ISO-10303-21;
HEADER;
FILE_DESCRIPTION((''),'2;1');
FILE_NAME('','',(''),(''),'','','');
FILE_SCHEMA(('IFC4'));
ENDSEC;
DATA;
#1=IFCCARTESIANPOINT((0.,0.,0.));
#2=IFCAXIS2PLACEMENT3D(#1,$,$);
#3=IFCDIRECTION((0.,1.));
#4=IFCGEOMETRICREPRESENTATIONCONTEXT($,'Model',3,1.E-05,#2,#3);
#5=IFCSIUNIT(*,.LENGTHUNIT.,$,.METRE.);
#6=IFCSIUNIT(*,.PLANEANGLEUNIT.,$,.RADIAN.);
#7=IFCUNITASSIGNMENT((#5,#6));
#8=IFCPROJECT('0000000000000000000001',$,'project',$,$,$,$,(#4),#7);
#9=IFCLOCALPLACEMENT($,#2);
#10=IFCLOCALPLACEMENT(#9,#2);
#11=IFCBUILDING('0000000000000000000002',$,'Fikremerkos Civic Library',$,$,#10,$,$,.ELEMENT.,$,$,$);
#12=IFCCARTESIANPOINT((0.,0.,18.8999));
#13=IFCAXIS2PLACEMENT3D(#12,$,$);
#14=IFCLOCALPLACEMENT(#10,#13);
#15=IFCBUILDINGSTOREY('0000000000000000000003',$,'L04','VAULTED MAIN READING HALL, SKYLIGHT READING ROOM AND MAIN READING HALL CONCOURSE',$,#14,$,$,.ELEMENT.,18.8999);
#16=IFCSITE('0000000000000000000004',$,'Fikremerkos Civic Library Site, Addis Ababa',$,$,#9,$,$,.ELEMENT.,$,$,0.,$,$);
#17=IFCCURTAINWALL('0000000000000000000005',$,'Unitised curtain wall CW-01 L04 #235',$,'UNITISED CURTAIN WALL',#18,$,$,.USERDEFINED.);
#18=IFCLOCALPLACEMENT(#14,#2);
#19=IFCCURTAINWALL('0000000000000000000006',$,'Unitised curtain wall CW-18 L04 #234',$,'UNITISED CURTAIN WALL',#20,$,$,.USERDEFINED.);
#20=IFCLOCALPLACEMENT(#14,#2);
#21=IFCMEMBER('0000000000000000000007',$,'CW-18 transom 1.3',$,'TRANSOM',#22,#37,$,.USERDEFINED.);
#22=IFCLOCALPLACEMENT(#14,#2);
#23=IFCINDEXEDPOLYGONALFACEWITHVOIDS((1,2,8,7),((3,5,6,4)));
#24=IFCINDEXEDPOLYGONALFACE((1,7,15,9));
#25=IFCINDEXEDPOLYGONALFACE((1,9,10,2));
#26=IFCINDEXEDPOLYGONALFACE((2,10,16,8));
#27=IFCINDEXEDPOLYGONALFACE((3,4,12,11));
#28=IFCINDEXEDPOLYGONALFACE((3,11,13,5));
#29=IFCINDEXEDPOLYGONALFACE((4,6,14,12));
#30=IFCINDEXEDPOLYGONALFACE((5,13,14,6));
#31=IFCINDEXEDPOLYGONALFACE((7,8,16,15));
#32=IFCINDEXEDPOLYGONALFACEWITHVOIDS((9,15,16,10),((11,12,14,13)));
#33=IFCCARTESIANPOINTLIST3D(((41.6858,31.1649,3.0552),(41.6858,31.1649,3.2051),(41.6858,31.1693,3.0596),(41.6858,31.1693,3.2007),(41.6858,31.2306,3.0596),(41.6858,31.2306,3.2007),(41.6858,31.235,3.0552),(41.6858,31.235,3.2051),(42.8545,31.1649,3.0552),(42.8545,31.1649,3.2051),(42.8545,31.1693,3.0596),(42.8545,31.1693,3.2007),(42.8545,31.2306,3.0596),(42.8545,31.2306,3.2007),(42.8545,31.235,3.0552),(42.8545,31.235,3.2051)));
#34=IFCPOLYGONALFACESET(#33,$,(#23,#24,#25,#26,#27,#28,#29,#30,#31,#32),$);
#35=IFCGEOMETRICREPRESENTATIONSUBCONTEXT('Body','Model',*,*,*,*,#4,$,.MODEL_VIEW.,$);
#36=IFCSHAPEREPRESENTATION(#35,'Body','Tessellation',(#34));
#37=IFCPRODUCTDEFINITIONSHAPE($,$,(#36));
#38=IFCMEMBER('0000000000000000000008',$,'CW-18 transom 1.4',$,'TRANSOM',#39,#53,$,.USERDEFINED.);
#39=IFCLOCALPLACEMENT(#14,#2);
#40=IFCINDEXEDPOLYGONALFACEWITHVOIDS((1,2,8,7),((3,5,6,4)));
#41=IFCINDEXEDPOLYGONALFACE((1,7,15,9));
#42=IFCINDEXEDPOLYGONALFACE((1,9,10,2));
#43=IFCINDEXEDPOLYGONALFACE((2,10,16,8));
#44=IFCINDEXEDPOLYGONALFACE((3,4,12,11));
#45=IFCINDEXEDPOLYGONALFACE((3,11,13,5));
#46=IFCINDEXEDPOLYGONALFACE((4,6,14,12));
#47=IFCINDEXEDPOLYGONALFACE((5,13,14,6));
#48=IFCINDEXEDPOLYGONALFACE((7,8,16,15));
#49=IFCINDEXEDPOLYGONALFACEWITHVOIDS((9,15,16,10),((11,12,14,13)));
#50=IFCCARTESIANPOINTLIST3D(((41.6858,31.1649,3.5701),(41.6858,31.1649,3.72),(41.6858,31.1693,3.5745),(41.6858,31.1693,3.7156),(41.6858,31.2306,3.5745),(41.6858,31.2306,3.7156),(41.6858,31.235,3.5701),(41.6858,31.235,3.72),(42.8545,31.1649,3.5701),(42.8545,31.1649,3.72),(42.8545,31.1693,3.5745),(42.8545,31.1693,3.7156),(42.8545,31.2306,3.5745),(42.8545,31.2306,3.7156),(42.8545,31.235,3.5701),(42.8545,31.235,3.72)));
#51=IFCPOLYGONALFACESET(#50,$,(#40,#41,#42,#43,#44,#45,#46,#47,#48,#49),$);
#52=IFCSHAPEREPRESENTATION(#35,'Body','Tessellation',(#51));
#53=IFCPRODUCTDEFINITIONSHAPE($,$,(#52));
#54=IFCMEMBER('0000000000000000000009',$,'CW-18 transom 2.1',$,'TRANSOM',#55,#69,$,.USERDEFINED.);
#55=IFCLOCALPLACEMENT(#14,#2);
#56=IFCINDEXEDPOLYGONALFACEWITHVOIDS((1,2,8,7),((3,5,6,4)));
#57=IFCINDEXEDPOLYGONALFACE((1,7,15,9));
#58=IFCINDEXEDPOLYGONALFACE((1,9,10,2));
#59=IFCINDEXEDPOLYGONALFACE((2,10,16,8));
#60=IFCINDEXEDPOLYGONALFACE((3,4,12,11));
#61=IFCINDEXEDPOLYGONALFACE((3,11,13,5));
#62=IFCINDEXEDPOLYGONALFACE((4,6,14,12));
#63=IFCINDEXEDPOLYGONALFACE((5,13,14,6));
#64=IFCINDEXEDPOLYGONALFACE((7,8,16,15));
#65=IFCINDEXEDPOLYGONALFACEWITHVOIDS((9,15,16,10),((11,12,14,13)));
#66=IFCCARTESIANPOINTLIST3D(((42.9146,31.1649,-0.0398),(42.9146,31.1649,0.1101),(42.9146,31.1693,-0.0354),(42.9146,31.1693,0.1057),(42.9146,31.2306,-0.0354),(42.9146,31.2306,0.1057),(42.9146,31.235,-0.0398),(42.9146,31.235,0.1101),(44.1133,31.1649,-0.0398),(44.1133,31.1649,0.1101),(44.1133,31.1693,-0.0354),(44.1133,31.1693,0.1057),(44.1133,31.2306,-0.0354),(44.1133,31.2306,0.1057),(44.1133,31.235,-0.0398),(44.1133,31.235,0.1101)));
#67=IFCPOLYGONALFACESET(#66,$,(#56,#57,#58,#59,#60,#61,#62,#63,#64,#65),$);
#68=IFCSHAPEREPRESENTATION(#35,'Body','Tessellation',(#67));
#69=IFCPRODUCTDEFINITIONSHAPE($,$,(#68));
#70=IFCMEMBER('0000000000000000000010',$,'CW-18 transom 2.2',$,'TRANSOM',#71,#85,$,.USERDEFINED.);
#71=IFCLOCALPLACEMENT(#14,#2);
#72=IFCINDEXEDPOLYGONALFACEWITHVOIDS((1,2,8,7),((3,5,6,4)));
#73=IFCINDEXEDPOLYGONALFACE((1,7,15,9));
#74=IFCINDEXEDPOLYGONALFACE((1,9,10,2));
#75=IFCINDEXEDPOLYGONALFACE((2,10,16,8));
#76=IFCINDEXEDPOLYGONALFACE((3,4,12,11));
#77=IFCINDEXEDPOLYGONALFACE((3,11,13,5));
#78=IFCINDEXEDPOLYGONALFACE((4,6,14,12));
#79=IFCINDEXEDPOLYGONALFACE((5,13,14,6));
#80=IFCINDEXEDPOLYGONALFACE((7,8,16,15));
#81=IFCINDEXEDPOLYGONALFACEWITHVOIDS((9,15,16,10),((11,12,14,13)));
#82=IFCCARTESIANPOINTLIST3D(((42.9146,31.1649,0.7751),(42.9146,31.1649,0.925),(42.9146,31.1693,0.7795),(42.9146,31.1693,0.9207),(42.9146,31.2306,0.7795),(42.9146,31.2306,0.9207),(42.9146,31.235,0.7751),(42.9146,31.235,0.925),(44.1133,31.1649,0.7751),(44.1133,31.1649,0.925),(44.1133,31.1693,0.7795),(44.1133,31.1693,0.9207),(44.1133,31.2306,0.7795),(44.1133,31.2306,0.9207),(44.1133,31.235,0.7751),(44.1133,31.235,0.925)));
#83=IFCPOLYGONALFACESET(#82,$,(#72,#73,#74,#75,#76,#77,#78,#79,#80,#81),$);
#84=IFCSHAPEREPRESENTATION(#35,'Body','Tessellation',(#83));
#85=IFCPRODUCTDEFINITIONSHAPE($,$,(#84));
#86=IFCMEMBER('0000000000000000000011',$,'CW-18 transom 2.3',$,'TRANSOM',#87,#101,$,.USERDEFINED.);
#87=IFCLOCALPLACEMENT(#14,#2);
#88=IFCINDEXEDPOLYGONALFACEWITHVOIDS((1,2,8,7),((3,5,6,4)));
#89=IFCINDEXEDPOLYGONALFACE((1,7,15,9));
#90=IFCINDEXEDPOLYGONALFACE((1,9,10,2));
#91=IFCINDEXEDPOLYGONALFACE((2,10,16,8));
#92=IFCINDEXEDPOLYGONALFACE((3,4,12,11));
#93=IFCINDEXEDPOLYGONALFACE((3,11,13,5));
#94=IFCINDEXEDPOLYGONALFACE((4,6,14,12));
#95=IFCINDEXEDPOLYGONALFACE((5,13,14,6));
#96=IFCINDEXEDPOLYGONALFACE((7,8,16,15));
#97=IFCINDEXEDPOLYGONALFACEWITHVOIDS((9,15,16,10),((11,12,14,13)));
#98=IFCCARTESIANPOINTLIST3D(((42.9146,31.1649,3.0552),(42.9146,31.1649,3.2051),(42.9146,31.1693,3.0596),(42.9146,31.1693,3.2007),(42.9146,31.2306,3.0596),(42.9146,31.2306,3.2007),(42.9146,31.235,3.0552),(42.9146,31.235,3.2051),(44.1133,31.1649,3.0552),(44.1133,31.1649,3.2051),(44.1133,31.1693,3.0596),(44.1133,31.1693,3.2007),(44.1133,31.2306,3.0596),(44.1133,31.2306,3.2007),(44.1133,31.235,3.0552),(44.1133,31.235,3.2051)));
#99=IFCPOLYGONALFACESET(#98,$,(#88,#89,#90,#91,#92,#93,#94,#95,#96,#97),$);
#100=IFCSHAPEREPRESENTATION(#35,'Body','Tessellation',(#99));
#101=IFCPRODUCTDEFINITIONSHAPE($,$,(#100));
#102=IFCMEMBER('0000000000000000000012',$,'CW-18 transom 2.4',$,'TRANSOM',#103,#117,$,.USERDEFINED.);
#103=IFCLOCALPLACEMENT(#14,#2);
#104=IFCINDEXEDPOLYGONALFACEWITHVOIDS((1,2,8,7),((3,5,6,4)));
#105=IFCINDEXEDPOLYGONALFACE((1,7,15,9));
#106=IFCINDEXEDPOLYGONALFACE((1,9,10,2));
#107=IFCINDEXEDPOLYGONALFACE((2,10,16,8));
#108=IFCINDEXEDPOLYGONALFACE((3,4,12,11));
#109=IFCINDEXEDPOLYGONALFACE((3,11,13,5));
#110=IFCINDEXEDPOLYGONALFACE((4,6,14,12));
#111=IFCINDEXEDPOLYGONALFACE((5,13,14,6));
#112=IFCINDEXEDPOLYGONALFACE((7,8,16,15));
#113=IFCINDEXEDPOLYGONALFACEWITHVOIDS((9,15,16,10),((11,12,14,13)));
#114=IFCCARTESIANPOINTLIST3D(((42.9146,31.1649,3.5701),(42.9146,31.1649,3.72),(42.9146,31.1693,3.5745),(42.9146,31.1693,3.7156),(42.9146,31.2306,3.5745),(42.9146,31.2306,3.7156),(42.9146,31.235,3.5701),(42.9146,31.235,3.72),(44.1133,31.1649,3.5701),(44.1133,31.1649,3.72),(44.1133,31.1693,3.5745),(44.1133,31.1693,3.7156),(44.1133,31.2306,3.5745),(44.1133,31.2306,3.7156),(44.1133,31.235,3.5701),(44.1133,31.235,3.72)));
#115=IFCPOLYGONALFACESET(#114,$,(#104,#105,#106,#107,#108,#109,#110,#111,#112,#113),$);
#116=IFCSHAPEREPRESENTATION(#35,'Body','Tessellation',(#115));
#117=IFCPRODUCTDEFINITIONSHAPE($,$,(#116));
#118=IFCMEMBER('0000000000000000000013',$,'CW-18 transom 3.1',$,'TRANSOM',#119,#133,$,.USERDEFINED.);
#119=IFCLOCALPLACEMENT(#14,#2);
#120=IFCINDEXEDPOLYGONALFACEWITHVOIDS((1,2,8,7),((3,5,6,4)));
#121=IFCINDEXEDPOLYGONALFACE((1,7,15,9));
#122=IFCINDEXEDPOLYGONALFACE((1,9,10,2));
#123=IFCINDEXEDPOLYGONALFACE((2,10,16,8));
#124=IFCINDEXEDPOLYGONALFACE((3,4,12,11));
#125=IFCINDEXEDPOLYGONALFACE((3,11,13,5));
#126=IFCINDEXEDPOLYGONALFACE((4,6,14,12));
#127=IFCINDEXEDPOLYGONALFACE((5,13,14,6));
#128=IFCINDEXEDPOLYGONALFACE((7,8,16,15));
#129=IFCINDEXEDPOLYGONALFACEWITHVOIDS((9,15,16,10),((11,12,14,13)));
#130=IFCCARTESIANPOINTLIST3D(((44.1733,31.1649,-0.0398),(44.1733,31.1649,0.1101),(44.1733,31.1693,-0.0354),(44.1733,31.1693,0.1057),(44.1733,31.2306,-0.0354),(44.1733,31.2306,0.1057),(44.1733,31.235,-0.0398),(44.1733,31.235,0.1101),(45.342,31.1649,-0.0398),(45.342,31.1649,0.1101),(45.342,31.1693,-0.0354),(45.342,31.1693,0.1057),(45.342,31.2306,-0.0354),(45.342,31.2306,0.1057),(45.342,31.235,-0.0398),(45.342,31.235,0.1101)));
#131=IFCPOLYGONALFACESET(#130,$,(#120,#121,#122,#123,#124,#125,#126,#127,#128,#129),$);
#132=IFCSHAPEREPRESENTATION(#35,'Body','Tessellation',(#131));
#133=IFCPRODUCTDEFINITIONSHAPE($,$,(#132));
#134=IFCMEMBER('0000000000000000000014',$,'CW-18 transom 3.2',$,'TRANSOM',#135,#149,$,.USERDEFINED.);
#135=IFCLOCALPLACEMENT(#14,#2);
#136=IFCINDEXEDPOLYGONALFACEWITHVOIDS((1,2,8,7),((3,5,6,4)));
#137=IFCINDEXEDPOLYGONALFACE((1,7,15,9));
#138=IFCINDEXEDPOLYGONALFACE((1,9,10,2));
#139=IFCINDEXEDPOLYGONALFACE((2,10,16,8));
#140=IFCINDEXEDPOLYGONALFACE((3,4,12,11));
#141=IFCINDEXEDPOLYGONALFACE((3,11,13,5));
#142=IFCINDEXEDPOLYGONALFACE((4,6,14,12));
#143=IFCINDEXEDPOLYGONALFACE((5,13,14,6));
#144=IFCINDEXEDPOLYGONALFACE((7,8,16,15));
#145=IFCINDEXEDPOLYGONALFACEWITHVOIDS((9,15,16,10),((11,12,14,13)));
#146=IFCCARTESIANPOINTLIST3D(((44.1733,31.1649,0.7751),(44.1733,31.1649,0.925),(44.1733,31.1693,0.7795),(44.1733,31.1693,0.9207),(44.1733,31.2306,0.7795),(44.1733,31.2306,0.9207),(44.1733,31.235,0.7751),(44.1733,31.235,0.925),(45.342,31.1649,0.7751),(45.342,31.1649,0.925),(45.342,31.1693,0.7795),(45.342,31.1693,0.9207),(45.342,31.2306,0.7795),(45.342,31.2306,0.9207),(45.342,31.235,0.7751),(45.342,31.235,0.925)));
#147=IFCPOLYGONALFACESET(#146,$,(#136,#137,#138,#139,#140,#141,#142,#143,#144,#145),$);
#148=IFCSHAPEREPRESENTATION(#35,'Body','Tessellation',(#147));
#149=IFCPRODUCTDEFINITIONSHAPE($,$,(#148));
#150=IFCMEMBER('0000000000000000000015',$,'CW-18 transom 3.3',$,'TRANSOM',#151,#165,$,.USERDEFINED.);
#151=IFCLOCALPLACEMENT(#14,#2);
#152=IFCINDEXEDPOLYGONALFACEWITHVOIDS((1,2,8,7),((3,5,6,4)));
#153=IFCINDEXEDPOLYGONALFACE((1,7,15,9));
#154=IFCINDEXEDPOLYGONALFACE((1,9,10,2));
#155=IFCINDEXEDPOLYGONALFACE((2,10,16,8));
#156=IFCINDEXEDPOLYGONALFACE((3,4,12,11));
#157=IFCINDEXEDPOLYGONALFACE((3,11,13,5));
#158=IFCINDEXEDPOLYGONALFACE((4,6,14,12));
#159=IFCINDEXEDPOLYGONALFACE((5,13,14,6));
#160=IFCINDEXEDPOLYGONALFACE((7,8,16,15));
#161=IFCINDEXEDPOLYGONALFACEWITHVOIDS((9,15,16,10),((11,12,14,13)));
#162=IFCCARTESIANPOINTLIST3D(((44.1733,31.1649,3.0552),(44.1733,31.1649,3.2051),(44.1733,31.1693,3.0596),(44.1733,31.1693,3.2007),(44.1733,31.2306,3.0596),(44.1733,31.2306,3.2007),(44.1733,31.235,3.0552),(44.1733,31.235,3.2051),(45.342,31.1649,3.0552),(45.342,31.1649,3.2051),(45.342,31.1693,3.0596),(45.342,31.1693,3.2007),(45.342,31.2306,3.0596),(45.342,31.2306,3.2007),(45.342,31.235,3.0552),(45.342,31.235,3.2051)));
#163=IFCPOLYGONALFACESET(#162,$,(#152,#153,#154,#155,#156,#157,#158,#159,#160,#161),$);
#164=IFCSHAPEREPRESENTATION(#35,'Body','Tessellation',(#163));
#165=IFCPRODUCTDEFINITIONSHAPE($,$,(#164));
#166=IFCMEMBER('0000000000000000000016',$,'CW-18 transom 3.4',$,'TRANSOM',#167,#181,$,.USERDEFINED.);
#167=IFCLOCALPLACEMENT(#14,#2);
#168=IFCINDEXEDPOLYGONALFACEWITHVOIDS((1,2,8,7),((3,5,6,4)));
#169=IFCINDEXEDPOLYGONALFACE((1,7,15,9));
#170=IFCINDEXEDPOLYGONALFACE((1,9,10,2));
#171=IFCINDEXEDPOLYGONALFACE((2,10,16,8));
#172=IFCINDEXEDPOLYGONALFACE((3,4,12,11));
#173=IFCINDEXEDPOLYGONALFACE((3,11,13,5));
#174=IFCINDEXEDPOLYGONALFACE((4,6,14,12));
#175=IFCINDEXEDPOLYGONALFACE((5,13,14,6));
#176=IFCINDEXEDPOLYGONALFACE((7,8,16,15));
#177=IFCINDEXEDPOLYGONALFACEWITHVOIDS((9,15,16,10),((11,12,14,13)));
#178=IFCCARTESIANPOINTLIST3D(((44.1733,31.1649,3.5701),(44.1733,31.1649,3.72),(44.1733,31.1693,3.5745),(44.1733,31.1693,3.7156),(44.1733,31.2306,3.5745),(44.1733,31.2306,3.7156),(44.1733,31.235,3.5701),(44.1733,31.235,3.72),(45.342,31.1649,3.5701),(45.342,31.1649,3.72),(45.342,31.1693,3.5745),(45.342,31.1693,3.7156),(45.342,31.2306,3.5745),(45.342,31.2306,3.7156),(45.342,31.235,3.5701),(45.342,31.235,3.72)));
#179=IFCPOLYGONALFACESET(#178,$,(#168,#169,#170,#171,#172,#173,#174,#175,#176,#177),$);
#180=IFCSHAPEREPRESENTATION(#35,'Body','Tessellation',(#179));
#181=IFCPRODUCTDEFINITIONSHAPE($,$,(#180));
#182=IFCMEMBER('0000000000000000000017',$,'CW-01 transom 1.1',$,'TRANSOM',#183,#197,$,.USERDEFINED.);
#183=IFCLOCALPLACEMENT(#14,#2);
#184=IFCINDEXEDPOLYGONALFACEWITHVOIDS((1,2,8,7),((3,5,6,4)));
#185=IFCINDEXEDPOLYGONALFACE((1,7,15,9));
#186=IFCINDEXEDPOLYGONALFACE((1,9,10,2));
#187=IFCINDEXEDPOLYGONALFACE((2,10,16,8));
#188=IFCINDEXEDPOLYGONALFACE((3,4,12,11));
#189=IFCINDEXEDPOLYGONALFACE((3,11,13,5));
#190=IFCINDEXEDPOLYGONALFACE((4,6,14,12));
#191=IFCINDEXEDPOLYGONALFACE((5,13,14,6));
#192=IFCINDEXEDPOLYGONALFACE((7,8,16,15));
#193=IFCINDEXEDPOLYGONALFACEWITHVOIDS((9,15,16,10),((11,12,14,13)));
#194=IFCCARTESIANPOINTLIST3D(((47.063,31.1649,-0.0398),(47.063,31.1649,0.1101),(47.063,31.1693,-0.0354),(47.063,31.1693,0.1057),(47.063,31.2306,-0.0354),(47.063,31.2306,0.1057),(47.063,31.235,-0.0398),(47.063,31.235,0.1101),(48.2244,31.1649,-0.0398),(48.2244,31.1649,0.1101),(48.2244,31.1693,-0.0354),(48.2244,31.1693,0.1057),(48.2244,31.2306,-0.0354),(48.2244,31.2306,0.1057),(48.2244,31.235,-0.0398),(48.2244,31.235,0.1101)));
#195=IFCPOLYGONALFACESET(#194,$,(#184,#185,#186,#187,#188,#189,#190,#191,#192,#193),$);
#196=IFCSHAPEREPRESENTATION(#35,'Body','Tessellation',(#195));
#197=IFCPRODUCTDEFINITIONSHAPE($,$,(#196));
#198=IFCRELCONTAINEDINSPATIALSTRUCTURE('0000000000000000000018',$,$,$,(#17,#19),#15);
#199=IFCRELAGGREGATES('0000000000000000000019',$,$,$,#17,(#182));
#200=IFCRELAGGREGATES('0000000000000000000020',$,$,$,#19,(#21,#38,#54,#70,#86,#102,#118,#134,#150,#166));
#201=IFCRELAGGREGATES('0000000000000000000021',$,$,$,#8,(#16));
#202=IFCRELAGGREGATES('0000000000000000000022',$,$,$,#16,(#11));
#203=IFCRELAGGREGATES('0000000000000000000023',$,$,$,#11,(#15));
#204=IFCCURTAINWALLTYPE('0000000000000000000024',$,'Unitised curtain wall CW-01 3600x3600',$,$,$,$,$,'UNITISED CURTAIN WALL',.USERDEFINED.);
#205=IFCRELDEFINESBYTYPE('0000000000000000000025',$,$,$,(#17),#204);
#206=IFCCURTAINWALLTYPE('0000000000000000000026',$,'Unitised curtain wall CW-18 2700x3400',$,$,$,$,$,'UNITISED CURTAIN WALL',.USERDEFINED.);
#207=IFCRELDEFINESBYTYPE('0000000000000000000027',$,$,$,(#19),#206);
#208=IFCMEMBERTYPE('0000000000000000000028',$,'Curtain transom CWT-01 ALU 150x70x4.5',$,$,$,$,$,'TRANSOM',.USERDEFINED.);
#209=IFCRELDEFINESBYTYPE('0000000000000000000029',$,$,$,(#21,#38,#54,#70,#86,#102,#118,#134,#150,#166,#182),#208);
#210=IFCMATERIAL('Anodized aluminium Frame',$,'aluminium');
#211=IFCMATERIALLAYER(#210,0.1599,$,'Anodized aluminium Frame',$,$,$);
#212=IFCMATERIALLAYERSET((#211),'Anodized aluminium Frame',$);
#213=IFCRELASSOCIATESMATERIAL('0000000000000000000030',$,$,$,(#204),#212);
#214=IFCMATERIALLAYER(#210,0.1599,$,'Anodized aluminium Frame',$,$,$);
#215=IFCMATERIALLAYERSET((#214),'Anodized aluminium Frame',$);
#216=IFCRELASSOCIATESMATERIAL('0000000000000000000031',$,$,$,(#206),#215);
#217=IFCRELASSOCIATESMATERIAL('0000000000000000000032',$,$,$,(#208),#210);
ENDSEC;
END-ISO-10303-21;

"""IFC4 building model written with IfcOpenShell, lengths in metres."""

from ifc_helpers import new_model, si_unit, direction, frame, origin, origin_2d, place, context, subcontext, project, spatial, hollow_rectangle, extrude, material, layer, layer_set, material_profile, profile_set, type_object, element, aggregate, save


model = new_model("IFC4")

# Units and contexts
model_context = context("Model", 3, precision=1e-05, world=origin(), true_north=direction((0.0, 1.0)))
body_context = subcontext(model_context, "Body", "Model", "MODEL_VIEW")
ifc_project = project(units=[si_unit("LENGTHUNIT", "METRE"), si_unit("PLANEANGLEUNIT", "RADIAN")], contexts=[model_context])

# Site, building, storey
site_placement = place(None, origin())
site = spatial("IfcSite", under=ifc_project, at=site_placement, Name="Fikremerkos Civic Library Site, Addis Ababa", CompositionType="ELEMENT", RefElevation=0.0)
building_placement = place(site_placement, origin())
building = spatial("IfcBuilding", under=site, at=building_placement, Name="Fikremerkos Civic Library", CompositionType="ELEMENT")
storey_placement = place(building_placement, frame((0.0, 0.0, 18.8999)))
storey = spatial("IfcBuildingStorey", under=building, at=storey_placement, Name="L04", Description="VAULTED MAIN READING HALL, SKYLIGHT READING ROOM AND MAIN READING HALL CONCOURSE", CompositionType="ELEMENT", Elevation=18.8999)

# Curtain walls, members
ifc_material_1 = material(Name="Anodized aluminium Frame", Category="aluminium")
ifc_layer_1 = layer(ifc_material_1, 0.1599, Name="Anodized aluminium Frame")
ifc_layer_set_1 = layer_set([ifc_layer_1], Name="Anodized aluminium Frame")
curtain_wall_type_1 = type_object("IfcCurtainWallType", Name="Unitised curtain wall CW-01 3600x3600", ElementType="UNITISED CURTAIN WALL", PredefinedType="USERDEFINED", material=ifc_layer_set_1)
curtain_wall_1_placement = place(storey_placement, origin())
curtain_wall_1 = element("IfcCurtainWall", 1, at=curtain_wall_1_placement, inside=storey, type_object=curtain_wall_type_1, Name="Unitised curtain wall CW-01 L04 #235", ObjectType="UNITISED CURTAIN WALL", PredefinedType="USERDEFINED")
ifc_layer_2 = layer(ifc_material_1, 0.1599, Name="Anodized aluminium Frame")
ifc_layer_set_2 = layer_set([ifc_layer_2], Name="Anodized aluminium Frame")
curtain_wall_type_2 = type_object("IfcCurtainWallType", Name="Unitised curtain wall CW-18 2700x3400", ElementType="UNITISED CURTAIN WALL", PredefinedType="USERDEFINED", material=ifc_layer_set_2)
curtain_wall_2_placement = place(storey_placement, origin())
curtain_wall_2 = element("IfcCurtainWall", 2, at=curtain_wall_2_placement, inside=storey, type_object=curtain_wall_type_2, Name="Unitised curtain wall CW-18 L04 #234", ObjectType="UNITISED CURTAIN WALL", PredefinedType="USERDEFINED")
ifc_material_profile_1 = material_profile(ifc_material_1, hollow_rectangle(XDim=0.0701, YDim=0.1499, WallThickness=0.0044, at=origin_2d()), Name="ALU 150x70x4.5")
ifc_profile_set_1 = profile_set([ifc_material_profile_1], Name="Anodized aluminium Frame")
member_type_1 = type_object("IfcMemberType", Name="Curtain transom CWT-01 ALU 150x70x4.5", ElementType="TRANSOM", PredefinedType="USERDEFINED", material=ifc_profile_set_1)
member_1_placement = place(storey_placement, frame((41.6858, 31.2, 3.1301), z_axis=(1.0, 0.0, 0.0), x_axis=(0.0, 1.0, 0.0)))
member_1 = element("IfcMember", 3, at=member_1_placement, type_object=member_type_1, Name="CW-18 transom 1.3", ObjectType="TRANSOM", PredefinedType="USERDEFINED", context=body_context, shape_type="SweptSolid", body=[
    extrude(hollow_rectangle(XDim=0.0701, YDim=0.1499, WallThickness=0.0044, at=origin_2d()), origin(), (0.0, 0.0, 1.0), 1.1687),
])
member_2_placement = place(storey_placement, frame((41.6858, 31.2, 3.645), z_axis=(1.0, 0.0, 0.0), x_axis=(0.0, 1.0, 0.0)))
member_2 = element("IfcMember", 4, at=member_2_placement, type_object=member_type_1, Name="CW-18 transom 1.4", ObjectType="TRANSOM", PredefinedType="USERDEFINED", context=body_context, shape_type="SweptSolid", body=[
    extrude(hollow_rectangle(XDim=0.0701, YDim=0.1499, WallThickness=0.0044, at=origin_2d()), origin(), (0.0, 0.0, 1.0), 1.1687),
])
member_3_placement = place(storey_placement, frame((42.9146, 31.2, 0.0352), z_axis=(1.0, 0.0, 0.0), x_axis=(0.0, 1.0, 0.0)))
member_3 = element("IfcMember", 5, at=member_3_placement, type_object=member_type_1, Name="CW-18 transom 2.1", ObjectType="TRANSOM", PredefinedType="USERDEFINED", context=body_context, shape_type="SweptSolid", body=[
    extrude(hollow_rectangle(XDim=0.0701, YDim=0.1499, WallThickness=0.0044, at=origin_2d()), origin(), (0.0, 0.0, 1.0), 1.1987),
])
member_4_placement = place(storey_placement, frame((42.9146, 31.2, 0.8501), z_axis=(1.0, 0.0, 0.0), x_axis=(0.0, 1.0, 0.0)))
member_4 = element("IfcMember", 6, at=member_4_placement, type_object=member_type_1, Name="CW-18 transom 2.2", ObjectType="TRANSOM", PredefinedType="USERDEFINED", context=body_context, shape_type="SweptSolid", body=[
    extrude(hollow_rectangle(XDim=0.0701, YDim=0.1499, WallThickness=0.0044, at=origin_2d()), origin(), (0.0, 0.0, 1.0), 1.1987),
])
member_5_placement = place(storey_placement, frame((42.9146, 31.2, 3.1301), z_axis=(1.0, 0.0, 0.0), x_axis=(0.0, 1.0, 0.0)))
member_5 = element("IfcMember", 7, at=member_5_placement, type_object=member_type_1, Name="CW-18 transom 2.3", ObjectType="TRANSOM", PredefinedType="USERDEFINED", context=body_context, shape_type="SweptSolid", body=[
    extrude(hollow_rectangle(XDim=0.0701, YDim=0.1499, WallThickness=0.0044, at=origin_2d()), origin(), (0.0, 0.0, 1.0), 1.1987),
])
member_6_placement = place(storey_placement, frame((42.9146, 31.2, 3.645), z_axis=(1.0, 0.0, 0.0), x_axis=(0.0, 1.0, 0.0)))
member_6 = element("IfcMember", 8, at=member_6_placement, type_object=member_type_1, Name="CW-18 transom 2.4", ObjectType="TRANSOM", PredefinedType="USERDEFINED", context=body_context, shape_type="SweptSolid", body=[
    extrude(hollow_rectangle(XDim=0.0701, YDim=0.1499, WallThickness=0.0044, at=origin_2d()), origin(), (0.0, 0.0, 1.0), 1.1987),
])
member_7_placement = place(storey_placement, frame((44.1733, 31.2, 0.0352), z_axis=(1.0, 0.0, 0.0), x_axis=(0.0, 1.0, 0.0)))
member_7 = element("IfcMember", 9, at=member_7_placement, type_object=member_type_1, Name="CW-18 transom 3.1", ObjectType="TRANSOM", PredefinedType="USERDEFINED", context=body_context, shape_type="SweptSolid", body=[
    extrude(hollow_rectangle(XDim=0.0701, YDim=0.1499, WallThickness=0.0044, at=origin_2d()), origin(), (0.0, 0.0, 1.0), 1.1687),
])
member_8_placement = place(storey_placement, frame((44.1733, 31.2, 0.8501), z_axis=(1.0, 0.0, 0.0), x_axis=(0.0, 1.0, 0.0)))
member_8 = element("IfcMember", 10, at=member_8_placement, type_object=member_type_1, Name="CW-18 transom 3.2", ObjectType="TRANSOM", PredefinedType="USERDEFINED", context=body_context, shape_type="SweptSolid", body=[
    extrude(hollow_rectangle(XDim=0.0701, YDim=0.1499, WallThickness=0.0044, at=origin_2d()), origin(), (0.0, 0.0, 1.0), 1.1687),
])
member_9_placement = place(storey_placement, frame((44.1733, 31.2, 3.1301), z_axis=(1.0, 0.0, 0.0), x_axis=(0.0, 1.0, 0.0)))
member_9 = element("IfcMember", 11, at=member_9_placement, type_object=member_type_1, Name="CW-18 transom 3.3", ObjectType="TRANSOM", PredefinedType="USERDEFINED", context=body_context, shape_type="SweptSolid", body=[
    extrude(hollow_rectangle(XDim=0.0701, YDim=0.1499, WallThickness=0.0044, at=origin_2d()), origin(), (0.0, 0.0, 1.0), 1.1687),
])
member_10_placement = place(storey_placement, frame((44.1733, 31.2, 3.645), z_axis=(1.0, 0.0, 0.0), x_axis=(0.0, 1.0, 0.0)))
member_10 = element("IfcMember", 12, at=member_10_placement, type_object=member_type_1, Name="CW-18 transom 3.4", ObjectType="TRANSOM", PredefinedType="USERDEFINED", context=body_context, shape_type="SweptSolid", body=[
    extrude(hollow_rectangle(XDim=0.0701, YDim=0.1499, WallThickness=0.0044, at=origin_2d()), origin(), (0.0, 0.0, 1.0), 1.1687),
])

# Member
member_11_placement = place(storey_placement, frame((47.063, 31.2, 0.0352), z_axis=(1.0, 0.0, 0.0), x_axis=(0.0, 1.0, 0.0)))
member_11 = element("IfcMember", 13, at=member_11_placement, type_object=member_type_1, Name="CW-01 transom 1.1", ObjectType="TRANSOM", PredefinedType="USERDEFINED", context=body_context, shape_type="SweptSolid", body=[
    extrude(hollow_rectangle(XDim=0.0701, YDim=0.1499, WallThickness=0.0044, at=origin_2d()), origin(), (0.0, 0.0, 1.0), 1.1614),
])

aggregate(curtain_wall_1, [member_11])
aggregate(curtain_wall_2, [member_1, member_2, member_3, member_4, member_5, member_6, member_7, member_8, member_9, member_10])

save(model, "model.ifc")
